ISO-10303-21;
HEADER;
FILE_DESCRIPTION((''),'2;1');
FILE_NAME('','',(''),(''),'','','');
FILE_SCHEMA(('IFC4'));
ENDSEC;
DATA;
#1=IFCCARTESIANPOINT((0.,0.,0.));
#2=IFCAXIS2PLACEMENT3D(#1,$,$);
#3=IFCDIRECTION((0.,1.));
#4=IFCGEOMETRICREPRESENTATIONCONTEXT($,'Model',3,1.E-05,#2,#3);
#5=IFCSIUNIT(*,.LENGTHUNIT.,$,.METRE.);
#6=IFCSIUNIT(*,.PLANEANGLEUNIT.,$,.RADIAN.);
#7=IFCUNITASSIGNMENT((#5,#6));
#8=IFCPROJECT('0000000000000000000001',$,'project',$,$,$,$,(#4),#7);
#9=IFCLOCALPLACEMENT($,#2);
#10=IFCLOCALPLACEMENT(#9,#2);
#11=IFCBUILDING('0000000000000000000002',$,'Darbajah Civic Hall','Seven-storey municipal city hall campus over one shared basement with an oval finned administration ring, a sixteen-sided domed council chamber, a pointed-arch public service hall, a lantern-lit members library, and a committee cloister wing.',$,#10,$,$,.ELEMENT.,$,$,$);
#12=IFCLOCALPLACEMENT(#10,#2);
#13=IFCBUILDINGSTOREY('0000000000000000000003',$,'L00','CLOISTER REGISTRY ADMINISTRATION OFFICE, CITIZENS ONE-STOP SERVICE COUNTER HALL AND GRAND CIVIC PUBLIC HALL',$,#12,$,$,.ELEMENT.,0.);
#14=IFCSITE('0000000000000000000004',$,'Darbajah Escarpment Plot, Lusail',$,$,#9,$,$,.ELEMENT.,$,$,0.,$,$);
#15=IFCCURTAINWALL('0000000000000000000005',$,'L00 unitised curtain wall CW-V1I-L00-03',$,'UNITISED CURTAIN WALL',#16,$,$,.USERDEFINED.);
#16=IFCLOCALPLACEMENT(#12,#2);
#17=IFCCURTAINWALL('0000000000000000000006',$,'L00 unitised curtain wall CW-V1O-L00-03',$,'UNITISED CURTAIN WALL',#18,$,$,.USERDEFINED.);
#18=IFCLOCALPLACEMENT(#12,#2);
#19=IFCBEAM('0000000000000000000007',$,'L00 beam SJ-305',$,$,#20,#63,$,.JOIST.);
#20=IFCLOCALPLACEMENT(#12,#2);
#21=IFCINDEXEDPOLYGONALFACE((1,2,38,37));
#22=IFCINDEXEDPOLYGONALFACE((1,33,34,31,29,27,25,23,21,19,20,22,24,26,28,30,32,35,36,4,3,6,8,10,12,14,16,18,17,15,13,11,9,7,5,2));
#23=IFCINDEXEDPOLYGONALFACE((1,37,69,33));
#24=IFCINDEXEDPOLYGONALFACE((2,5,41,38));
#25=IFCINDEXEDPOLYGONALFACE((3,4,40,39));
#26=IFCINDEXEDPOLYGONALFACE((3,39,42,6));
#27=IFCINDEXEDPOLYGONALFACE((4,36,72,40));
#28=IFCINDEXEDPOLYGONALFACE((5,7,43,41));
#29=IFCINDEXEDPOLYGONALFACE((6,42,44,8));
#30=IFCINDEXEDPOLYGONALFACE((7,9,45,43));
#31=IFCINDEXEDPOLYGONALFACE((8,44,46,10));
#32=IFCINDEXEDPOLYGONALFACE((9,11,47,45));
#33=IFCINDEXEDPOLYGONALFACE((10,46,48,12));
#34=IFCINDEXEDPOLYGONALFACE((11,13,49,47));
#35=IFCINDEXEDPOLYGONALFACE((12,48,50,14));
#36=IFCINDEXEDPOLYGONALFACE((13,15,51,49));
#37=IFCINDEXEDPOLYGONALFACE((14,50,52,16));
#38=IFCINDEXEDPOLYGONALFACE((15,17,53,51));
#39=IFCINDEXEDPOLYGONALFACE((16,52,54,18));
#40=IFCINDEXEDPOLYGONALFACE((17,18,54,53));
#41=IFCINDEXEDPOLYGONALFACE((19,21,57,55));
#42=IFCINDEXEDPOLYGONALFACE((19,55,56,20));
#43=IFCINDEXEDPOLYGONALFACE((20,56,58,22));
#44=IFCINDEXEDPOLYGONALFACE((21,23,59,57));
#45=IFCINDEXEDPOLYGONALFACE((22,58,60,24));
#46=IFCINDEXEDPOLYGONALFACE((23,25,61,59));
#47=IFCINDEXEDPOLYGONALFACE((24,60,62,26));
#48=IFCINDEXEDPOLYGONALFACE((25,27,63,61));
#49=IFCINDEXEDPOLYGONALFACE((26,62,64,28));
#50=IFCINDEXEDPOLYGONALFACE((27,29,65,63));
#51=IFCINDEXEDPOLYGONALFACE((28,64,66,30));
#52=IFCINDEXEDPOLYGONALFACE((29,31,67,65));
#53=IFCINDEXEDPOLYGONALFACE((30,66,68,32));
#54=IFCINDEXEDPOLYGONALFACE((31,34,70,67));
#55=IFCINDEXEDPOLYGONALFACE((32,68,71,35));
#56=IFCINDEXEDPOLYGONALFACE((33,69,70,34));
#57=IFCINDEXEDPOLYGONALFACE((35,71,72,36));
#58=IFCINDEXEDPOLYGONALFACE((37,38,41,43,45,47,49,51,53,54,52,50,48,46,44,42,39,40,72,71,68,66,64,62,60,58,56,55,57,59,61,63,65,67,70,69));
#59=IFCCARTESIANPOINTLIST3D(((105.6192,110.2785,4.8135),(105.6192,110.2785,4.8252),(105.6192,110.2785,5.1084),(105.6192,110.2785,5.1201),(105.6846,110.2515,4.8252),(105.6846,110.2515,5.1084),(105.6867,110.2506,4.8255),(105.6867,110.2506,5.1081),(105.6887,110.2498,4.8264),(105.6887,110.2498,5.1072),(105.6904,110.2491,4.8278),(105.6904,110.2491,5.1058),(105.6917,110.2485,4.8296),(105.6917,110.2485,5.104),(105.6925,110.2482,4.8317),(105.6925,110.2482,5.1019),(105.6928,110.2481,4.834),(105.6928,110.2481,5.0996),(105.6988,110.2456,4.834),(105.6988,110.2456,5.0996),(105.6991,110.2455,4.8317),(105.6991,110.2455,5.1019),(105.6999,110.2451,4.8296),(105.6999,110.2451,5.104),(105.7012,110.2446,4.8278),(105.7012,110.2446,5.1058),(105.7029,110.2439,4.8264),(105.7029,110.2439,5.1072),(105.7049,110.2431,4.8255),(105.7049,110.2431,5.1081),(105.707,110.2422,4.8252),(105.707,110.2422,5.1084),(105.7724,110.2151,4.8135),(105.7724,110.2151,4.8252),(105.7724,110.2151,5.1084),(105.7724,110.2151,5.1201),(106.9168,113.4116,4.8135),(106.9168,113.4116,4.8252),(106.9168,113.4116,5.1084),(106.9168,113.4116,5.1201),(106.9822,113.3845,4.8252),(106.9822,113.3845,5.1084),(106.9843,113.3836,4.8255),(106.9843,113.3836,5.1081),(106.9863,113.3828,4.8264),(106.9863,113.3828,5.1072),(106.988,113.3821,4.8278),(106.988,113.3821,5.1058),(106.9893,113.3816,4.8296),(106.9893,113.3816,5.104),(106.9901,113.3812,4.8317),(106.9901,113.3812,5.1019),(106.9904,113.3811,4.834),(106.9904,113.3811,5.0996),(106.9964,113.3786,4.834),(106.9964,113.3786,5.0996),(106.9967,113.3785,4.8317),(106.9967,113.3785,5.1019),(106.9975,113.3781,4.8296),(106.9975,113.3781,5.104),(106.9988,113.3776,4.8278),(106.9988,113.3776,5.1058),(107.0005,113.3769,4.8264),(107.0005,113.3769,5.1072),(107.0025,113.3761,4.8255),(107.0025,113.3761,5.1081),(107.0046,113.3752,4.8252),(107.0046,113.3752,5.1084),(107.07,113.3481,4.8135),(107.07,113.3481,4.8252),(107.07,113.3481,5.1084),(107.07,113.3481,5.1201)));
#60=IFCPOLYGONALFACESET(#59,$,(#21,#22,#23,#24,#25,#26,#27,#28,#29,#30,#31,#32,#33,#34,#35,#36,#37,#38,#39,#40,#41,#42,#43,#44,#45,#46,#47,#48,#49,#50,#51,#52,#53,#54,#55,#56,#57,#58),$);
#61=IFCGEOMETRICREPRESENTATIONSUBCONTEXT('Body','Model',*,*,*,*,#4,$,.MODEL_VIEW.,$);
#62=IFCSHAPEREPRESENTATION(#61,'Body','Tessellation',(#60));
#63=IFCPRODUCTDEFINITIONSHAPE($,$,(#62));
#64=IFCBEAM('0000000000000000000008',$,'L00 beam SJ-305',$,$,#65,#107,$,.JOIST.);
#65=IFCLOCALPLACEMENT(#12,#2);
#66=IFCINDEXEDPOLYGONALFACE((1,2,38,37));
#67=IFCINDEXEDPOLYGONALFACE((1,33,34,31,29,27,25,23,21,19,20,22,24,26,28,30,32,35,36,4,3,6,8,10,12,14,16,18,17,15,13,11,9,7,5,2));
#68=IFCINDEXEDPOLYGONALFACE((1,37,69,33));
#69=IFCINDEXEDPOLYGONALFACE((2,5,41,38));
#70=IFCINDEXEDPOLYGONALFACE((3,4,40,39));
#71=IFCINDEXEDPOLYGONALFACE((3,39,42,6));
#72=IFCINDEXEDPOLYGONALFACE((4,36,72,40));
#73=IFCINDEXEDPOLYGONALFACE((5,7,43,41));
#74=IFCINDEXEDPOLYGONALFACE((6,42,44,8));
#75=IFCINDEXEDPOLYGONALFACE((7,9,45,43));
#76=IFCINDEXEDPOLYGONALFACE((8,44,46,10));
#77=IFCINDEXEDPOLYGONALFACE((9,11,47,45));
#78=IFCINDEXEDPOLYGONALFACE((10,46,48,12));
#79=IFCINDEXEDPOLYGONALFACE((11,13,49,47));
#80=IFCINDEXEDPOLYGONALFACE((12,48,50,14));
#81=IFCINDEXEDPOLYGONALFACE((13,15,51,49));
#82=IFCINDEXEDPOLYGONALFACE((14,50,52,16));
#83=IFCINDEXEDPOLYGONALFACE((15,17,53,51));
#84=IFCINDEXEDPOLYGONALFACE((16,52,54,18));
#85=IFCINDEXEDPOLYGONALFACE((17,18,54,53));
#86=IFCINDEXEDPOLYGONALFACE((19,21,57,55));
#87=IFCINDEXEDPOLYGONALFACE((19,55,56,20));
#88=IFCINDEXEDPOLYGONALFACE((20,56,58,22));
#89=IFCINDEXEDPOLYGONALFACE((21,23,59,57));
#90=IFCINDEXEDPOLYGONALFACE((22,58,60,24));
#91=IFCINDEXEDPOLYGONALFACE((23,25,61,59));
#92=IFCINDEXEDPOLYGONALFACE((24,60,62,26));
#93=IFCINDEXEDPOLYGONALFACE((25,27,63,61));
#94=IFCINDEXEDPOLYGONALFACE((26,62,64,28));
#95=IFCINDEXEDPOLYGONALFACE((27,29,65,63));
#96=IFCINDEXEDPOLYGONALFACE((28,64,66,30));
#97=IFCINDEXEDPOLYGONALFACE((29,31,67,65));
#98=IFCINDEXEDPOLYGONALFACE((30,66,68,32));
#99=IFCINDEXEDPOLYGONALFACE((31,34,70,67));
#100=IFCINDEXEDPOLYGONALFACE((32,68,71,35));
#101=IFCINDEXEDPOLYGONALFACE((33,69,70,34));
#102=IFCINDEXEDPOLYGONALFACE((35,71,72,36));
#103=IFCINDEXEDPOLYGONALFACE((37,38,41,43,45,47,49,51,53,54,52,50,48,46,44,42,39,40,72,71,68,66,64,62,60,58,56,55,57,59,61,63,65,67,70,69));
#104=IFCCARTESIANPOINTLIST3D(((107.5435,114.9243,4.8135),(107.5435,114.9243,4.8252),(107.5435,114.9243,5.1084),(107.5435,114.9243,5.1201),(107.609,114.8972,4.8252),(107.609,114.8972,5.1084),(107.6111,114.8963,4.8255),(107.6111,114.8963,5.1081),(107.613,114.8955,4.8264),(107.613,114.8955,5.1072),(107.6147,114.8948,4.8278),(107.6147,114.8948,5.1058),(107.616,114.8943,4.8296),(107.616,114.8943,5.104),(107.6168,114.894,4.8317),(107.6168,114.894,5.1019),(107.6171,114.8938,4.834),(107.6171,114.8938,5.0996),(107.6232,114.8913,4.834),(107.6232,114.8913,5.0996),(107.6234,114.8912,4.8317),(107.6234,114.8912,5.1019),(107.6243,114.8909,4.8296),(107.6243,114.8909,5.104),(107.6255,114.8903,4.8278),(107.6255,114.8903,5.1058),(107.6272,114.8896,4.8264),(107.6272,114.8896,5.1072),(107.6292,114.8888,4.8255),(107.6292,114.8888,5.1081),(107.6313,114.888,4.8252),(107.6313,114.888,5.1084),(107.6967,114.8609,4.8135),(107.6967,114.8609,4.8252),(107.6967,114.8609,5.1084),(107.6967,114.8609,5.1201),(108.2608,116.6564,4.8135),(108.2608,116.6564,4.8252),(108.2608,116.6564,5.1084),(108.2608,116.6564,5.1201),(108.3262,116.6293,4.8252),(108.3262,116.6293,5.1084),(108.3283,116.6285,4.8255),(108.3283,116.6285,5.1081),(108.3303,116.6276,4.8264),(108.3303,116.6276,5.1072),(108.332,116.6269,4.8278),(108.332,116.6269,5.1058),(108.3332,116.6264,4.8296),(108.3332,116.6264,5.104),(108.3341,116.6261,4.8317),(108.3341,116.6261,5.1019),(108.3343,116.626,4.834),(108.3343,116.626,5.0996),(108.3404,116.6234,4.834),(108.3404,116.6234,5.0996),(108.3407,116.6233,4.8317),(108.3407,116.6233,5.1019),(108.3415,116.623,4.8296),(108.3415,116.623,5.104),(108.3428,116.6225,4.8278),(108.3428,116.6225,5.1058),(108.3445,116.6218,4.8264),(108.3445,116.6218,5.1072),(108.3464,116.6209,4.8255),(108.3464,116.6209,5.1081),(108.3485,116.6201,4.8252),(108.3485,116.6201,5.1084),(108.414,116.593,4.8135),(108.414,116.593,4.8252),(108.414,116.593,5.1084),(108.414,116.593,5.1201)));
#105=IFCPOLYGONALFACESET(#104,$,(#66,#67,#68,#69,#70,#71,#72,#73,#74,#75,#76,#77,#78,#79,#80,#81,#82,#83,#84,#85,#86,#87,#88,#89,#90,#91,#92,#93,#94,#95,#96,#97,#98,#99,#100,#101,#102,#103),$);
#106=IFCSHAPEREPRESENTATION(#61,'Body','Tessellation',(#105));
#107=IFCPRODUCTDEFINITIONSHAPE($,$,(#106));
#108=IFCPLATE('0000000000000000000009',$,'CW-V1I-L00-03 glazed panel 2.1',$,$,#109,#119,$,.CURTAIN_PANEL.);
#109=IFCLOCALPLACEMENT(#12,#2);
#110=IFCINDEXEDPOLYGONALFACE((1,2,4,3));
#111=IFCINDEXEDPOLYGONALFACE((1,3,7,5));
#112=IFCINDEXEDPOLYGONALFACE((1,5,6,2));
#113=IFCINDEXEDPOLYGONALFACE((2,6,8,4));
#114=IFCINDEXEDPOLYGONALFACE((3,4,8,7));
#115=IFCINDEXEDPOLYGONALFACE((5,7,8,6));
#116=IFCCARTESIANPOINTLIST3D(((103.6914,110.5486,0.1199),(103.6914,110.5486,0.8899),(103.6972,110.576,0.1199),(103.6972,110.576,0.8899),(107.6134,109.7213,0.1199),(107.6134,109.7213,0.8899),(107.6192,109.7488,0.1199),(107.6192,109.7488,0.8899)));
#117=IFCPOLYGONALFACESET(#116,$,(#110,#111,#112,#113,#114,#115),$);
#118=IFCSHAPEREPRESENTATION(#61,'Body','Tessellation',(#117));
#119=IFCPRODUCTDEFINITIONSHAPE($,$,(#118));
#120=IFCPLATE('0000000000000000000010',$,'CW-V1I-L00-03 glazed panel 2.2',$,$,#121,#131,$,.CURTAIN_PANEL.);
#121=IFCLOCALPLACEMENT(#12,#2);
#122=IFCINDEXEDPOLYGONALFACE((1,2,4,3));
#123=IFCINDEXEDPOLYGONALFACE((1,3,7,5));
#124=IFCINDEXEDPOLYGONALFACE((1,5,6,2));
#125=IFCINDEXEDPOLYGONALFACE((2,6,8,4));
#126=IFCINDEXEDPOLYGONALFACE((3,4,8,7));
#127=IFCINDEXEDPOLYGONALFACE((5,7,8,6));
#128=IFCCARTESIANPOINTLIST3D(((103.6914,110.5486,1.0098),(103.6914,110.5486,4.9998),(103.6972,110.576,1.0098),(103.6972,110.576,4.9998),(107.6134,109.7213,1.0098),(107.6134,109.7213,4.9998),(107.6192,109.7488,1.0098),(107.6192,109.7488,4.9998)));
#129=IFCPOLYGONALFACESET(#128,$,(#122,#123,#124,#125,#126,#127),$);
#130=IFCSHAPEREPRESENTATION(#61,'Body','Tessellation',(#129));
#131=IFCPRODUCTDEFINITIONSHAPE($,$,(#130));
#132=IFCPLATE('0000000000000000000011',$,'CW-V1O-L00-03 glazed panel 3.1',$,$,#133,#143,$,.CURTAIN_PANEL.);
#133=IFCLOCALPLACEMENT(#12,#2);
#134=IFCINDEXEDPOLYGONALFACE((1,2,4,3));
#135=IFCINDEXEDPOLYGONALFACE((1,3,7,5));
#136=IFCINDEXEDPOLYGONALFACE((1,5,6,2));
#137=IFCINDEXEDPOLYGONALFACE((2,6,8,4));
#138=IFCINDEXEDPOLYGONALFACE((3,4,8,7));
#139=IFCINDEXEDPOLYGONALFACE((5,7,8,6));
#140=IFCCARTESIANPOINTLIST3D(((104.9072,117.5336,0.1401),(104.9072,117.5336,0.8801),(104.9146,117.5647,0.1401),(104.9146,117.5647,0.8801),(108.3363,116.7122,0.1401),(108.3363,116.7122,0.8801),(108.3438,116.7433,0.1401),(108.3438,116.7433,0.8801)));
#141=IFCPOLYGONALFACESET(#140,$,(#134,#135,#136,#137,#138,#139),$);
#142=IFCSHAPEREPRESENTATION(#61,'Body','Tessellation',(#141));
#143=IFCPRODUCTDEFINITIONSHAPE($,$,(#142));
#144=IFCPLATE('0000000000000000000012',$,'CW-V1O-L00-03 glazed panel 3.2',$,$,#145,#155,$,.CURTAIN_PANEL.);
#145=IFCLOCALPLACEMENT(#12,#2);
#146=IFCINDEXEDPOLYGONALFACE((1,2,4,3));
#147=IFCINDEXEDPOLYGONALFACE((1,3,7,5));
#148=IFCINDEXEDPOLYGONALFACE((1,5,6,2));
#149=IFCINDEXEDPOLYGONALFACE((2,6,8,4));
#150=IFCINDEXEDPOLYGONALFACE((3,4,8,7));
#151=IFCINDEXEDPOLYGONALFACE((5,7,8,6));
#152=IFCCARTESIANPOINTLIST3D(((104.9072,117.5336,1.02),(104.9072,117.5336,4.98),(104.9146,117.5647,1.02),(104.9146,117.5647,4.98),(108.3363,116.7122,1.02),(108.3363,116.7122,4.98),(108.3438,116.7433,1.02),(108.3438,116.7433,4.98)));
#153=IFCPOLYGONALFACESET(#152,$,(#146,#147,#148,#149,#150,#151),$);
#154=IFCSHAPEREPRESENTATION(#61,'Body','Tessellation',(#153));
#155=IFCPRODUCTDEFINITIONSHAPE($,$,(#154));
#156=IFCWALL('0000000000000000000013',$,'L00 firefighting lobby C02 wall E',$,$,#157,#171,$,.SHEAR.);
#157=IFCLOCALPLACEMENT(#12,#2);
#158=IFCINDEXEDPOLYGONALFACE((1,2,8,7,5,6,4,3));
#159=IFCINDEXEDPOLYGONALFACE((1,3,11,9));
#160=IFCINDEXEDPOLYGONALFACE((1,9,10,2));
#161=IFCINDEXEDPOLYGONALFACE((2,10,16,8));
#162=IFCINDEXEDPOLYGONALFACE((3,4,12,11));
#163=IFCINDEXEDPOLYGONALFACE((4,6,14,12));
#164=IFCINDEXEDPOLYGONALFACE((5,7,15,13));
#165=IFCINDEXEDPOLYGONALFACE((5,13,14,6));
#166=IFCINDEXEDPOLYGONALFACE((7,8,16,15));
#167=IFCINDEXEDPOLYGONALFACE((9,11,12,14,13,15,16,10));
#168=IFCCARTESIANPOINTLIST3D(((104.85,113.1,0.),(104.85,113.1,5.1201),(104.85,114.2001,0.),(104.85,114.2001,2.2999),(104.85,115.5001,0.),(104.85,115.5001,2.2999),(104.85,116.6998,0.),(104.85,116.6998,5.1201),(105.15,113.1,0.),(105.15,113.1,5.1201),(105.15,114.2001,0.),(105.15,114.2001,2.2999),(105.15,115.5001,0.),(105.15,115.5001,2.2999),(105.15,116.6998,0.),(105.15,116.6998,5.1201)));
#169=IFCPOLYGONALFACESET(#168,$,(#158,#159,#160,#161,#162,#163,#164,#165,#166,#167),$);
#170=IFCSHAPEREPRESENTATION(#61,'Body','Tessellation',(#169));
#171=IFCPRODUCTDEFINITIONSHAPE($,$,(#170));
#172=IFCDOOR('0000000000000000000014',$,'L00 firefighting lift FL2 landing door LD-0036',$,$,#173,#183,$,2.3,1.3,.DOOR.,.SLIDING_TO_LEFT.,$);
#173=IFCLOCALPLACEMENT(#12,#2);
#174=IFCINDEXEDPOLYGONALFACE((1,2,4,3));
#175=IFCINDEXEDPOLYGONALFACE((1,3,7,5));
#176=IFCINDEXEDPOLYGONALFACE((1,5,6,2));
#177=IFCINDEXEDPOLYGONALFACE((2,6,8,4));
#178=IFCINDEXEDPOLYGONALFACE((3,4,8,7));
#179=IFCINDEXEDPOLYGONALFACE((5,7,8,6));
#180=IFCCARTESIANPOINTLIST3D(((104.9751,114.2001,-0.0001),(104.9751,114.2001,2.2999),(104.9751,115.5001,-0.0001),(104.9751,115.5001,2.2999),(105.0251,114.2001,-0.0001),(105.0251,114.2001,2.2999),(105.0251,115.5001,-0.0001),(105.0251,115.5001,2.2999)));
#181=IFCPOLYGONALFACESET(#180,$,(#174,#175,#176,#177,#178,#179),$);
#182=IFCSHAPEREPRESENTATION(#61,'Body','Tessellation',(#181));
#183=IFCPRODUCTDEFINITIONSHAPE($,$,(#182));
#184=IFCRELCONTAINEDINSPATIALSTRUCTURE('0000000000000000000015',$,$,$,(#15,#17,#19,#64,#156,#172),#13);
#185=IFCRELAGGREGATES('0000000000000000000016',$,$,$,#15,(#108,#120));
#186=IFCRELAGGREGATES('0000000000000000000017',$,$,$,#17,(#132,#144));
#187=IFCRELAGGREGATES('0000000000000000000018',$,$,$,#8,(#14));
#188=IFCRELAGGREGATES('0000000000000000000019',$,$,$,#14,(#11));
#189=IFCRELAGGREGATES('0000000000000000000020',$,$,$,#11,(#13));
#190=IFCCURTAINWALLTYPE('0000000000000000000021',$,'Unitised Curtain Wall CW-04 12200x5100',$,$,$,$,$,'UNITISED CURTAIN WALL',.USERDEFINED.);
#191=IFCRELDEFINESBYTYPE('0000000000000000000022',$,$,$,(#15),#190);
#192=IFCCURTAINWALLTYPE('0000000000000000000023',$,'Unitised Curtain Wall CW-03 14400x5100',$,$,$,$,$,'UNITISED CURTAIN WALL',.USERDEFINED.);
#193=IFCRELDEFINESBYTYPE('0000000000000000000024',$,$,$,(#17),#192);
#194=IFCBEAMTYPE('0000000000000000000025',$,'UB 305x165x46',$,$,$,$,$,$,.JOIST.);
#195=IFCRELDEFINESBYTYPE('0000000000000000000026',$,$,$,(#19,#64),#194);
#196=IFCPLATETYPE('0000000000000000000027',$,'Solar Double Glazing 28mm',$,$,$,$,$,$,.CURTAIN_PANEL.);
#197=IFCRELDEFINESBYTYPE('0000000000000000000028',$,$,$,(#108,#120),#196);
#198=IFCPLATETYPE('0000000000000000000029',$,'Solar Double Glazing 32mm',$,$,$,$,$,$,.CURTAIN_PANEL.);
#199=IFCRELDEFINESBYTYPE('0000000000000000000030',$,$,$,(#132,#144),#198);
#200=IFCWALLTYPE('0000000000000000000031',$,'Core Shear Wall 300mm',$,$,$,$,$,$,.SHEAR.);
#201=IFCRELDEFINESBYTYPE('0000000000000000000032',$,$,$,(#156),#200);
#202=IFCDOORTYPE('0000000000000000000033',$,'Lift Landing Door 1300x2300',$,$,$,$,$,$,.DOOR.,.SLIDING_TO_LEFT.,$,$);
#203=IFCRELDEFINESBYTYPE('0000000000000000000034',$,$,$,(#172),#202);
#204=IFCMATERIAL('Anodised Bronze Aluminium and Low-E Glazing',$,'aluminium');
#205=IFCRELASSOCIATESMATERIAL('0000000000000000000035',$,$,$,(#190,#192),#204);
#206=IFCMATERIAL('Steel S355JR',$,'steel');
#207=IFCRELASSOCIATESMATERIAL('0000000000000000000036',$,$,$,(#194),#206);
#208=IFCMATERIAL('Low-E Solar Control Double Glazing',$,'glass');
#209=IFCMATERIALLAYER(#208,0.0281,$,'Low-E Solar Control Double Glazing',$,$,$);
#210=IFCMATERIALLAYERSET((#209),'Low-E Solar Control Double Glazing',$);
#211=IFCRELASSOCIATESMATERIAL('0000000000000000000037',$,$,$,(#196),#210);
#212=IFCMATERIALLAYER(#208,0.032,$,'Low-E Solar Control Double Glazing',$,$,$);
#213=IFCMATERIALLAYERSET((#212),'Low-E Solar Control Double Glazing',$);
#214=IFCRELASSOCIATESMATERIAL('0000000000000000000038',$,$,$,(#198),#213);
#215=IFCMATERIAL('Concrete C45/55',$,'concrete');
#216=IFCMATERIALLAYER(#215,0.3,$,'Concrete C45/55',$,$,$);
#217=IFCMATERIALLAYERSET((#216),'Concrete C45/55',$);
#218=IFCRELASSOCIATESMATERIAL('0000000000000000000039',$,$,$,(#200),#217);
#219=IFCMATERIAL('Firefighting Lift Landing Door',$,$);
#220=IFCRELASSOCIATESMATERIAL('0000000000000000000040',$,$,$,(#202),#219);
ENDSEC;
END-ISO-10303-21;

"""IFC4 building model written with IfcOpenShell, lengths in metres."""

from ifc_helpers import new_model, si_unit, direction, frame, frame_2d, origin, origin_2d, place, context, subcontext, project, spatial, rectangle, i_section, extrude, material, layer, layer_set, material_profile, profile_set, type_object, element, fill, aggregate, save


model = new_model("IFC4")

# Units and contexts
model_context = context("Model", 3, precision=1e-05, world=origin(), true_north=direction((0.0, 1.0)))
body_context = subcontext(model_context, "Body", "Model", "MODEL_VIEW")
ifc_project = project(units=[si_unit("LENGTHUNIT", "METRE"), si_unit("PLANEANGLEUNIT", "RADIAN")], contexts=[model_context])

# Site, building, storey
site_placement = place(None, origin())
site = spatial("IfcSite", under=ifc_project, at=site_placement, Name="Darbajah Escarpment Plot, Lusail", CompositionType="ELEMENT", RefElevation=0.0)
building_placement = place(site_placement, origin())
building = spatial("IfcBuilding", under=site, at=building_placement, Name="Darbajah Civic Hall", Description="Seven-storey municipal city hall campus over one shared basement with an oval finned administration ring, a sixteen-sided domed council chamber, a pointed-arch public service hall, a lantern-lit members library, and a committee cloister wing.", CompositionType="ELEMENT")
storey_placement = place(building_placement, origin())
storey = spatial("IfcBuildingStorey", under=building, at=storey_placement, Name="L00", Description="CLOISTER REGISTRY ADMINISTRATION OFFICE, CITIZENS ONE-STOP SERVICE COUNTER HALL AND GRAND CIVIC PUBLIC HALL", CompositionType="ELEMENT", Elevation=0.0)

# Curtain walls
ifc_material_1 = material(Name="Anodised Bronze Aluminium and Low-E Glazing", Category="aluminium")
curtain_wall_type_1 = type_object("IfcCurtainWallType", Name="Unitised Curtain Wall CW-04 12200x5100", ElementType="UNITISED CURTAIN WALL", PredefinedType="USERDEFINED", material=ifc_material_1)
curtain_wall_1_placement = place(storey_placement, origin())
curtain_wall_1 = element("IfcCurtainWall", 1, at=curtain_wall_1_placement, inside=storey, type_object=curtain_wall_type_1, Name="L00 unitised curtain wall CW-V1I-L00-03", ObjectType="UNITISED CURTAIN WALL", PredefinedType="USERDEFINED")
curtain_wall_type_2 = type_object("IfcCurtainWallType", Name="Unitised Curtain Wall CW-03 14400x5100", ElementType="UNITISED CURTAIN WALL", PredefinedType="USERDEFINED", material=ifc_material_1)
curtain_wall_2_placement = place(storey_placement, origin())
curtain_wall_2 = element("IfcCurtainWall", 2, at=curtain_wall_2_placement, inside=storey, type_object=curtain_wall_type_2, Name="L00 unitised curtain wall CW-V1O-L00-03", ObjectType="UNITISED CURTAIN WALL", PredefinedType="USERDEFINED")

# Beams
ifc_material_2 = material(Name="Steel S355JR", Category="steel")
ifc_material_profile_1 = material_profile(ifc_material_2, i_section(OverallWidth=0.1658, OverallDepth=0.3066, WebThickness=0.0066, FlangeThickness=0.0117, FilletRadius=0.0088, at=origin_2d()), Name="UB 305x165x46")
ifc_profile_set_1 = profile_set([ifc_material_profile_1], Name="Steel S355JR")
beam_type_1 = type_object("IfcBeamType", Name="UB 305x165x46", PredefinedType="JOIST", material=ifc_profile_set_1)
beam_1_placement = place(storey_placement, frame((105.6958, 110.2468, 4.9668), z_axis=(0.382646, 0.923895, 0.0), x_axis=(-0.923895, 0.382646, 0.0)))
element("IfcBeam", 3, at=beam_1_placement, inside=storey, type_object=beam_type_1, Name="L00 beam SJ-305", PredefinedType="JOIST", context=body_context, shape_type="SweptSolid", body=[
    extrude(i_section(OverallWidth=0.1658, OverallDepth=0.3066, WebThickness=0.0066, FlangeThickness=0.0117, FilletRadius=0.0088, at=origin_2d()), origin(), (0.0, 0.0, 1.0), 3.3911),
])
beam_2_placement = place(storey_placement, frame((107.6201, 114.8926, 4.9668), z_axis=(0.382589, 0.923918, 0.0), x_axis=(-0.923918, 0.382589, 0.0)))
element("IfcBeam", 4, at=beam_2_placement, inside=storey, type_object=beam_type_1, Name="L00 beam SJ-305", PredefinedType="JOIST", context=body_context, shape_type="SweptSolid", body=[
    extrude(i_section(OverallWidth=0.1658, OverallDepth=0.3066, WebThickness=0.0066, FlangeThickness=0.0117, FilletRadius=0.0088, at=origin_2d()), origin(), (0.0, 0.0, 1.0), 1.8748),
])

# Plates
ifc_material_3 = material(Name="Low-E Solar Control Double Glazing", Category="glass")
ifc_layer_1 = layer(ifc_material_3, 0.0281, Name="Low-E Solar Control Double Glazing")
ifc_layer_set_1 = layer_set([ifc_layer_1], Name="Low-E Solar Control Double Glazing")
plate_type_1 = type_object("IfcPlateType", Name="Solar Double Glazing 28mm", PredefinedType="CURTAIN_PANEL", material=ifc_layer_set_1)
plate_1_placement = place(storey_placement, frame((105.6553, 110.1487, 0.1199), z_axis=(0.0, 0.0, 1.0), x_axis=(-0.978473, 0.206375, 0.0)))
plate_1 = element("IfcPlate", 5, at=plate_1_placement, type_object=plate_type_1, Name="CW-V1I-L00-03 glazed panel 2.1", PredefinedType="CURTAIN_PANEL", context=body_context, shape_type="SweptSolid", body=[
    extrude(rectangle(XDim=4.0083, YDim=0.0281, at=origin_2d()), origin(), (0.0, 0.0, 1.0), 0.77),
])
plate_2_placement = place(storey_placement, frame((105.6553, 110.1487, 1.0098), z_axis=(0.0, 0.0, 1.0), x_axis=(-0.978473, 0.206375, 0.0)))
plate_2 = element("IfcPlate", 6, at=plate_2_placement, type_object=plate_type_1, Name="CW-V1I-L00-03 glazed panel 2.2", PredefinedType="CURTAIN_PANEL", context=body_context, shape_type="SweptSolid", body=[
    extrude(rectangle(XDim=4.0083, YDim=0.0281, at=origin_2d()), origin(), (0.0, 0.0, 1.0), 3.99),
])
aggregate(curtain_wall_1, [plate_1, plate_2])
ifc_layer_2 = layer(ifc_material_3, 0.032, Name="Low-E Solar Control Double Glazing")
ifc_layer_set_2 = layer_set([ifc_layer_2], Name="Low-E Solar Control Double Glazing")
plate_type_2 = type_object("IfcPlateType", Name="Solar Double Glazing 32mm", PredefinedType="CURTAIN_PANEL", material=ifc_layer_set_2)
plate_3_placement = place(storey_placement, frame((106.6255, 117.1384, 0.1401), z_axis=(0.0, 0.0, 1.0), x_axis=(-0.972492, 0.232936, 0.0)))
plate_3 = element("IfcPlate", 7, at=plate_3_placement, type_object=plate_type_2, Name="CW-V1O-L00-03 glazed panel 3.1", PredefinedType="CURTAIN_PANEL", context=body_context, shape_type="SweptSolid", body=[
    extrude(rectangle(XDim=3.5261, YDim=0.032, at=origin_2d()), origin(), (0.0, 0.0, 1.0), 0.74),
])
plate_4_placement = place(storey_placement, frame((106.6255, 117.1384, 1.02), z_axis=(0.0, 0.0, 1.0), x_axis=(-0.972492, 0.232936, 0.0)))
plate_4 = element("IfcPlate", 8, at=plate_4_placement, type_object=plate_type_2, Name="CW-V1O-L00-03 glazed panel 3.2", PredefinedType="CURTAIN_PANEL", context=body_context, shape_type="SweptSolid", body=[
    extrude(rectangle(XDim=3.5261, YDim=0.032, at=origin_2d()), origin(), (0.0, 0.0, 1.0), 3.96),
])
aggregate(curtain_wall_2, [plate_3, plate_4])

# Wall, opening, door
ifc_material_4 = material(Name="Concrete C45/55", Category="concrete")
ifc_layer_3 = layer(ifc_material_4, 0.3, Name="Concrete C45/55")
ifc_layer_set_3 = layer_set([ifc_layer_3], Name="Concrete C45/55")
wall_type_1 = type_object("IfcWallType", Name="Core Shear Wall 300mm", PredefinedType="SHEAR", material=ifc_layer_set_3)
wall_1_placement = place(storey_placement, frame((105.0, 113.1001, 0.0), z_axis=(0.0, 0.0, 1.0), x_axis=(0.0, 1.0, 0.0)))
wall_1 = element("IfcWall", 9, at=wall_1_placement, inside=storey, type_object=wall_type_1, Name="L00 firefighting lobby C02 wall E", PredefinedType="SHEAR", context=body_context, shape_type="SweptSolid", body=[
    extrude(rectangle(XDim=3.5999, YDim=0.3, at=frame_2d((1.7998, 0.0))), origin(), (0.0, 0.0, 1.0), 5.1201),
])
opening_placement = place(wall_1_placement, frame((1.1001, 0.0, 0.0)))
opening = element("IfcOpeningElement", 10, at=opening_placement, cuts=wall_1, PredefinedType="OPENING", context=body_context, shape_type="SweptSolid", body=[
    extrude(rectangle(XDim=1.3, YDim=2.3, at=frame_2d((0.6499, 1.1499))), frame((0.0, 0.1599, 0.0), z_axis=(0.0, -1.0, 0.0), x_axis=(1.0, 0.0, 0.0)), (0.0, 0.0, 1.0), 0.3201),
])
ifc_material_5 = material(Name="Firefighting Lift Landing Door")
door_type = type_object("IfcDoorType", Name="Lift Landing Door 1300x2300", OperationType="SLIDING_TO_LEFT", PredefinedType="DOOR", material=ifc_material_5)
door_placement = place(opening_placement, origin())
door = element("IfcDoor", 11, at=door_placement, inside=storey, type_object=door_type, Name="L00 firefighting lift FL2 landing door LD-0036", OperationType="SLIDING_TO_LEFT", OverallHeight=2.3, OverallWidth=1.3, PredefinedType="DOOR", context=body_context, shape_type="SweptSolid", body=[
    extrude(rectangle(XDim=1.3, YDim=2.3, at=frame_2d((0.6499, 1.1499))), frame((0.0, 0.0249, 0.0), z_axis=(0.0, -1.0, 0.0), x_axis=(1.0, 0.0, 0.0)), (0.0, 0.0, 1.0), 0.05),
])
fill(opening, door)

save(model, "model.ifc")
